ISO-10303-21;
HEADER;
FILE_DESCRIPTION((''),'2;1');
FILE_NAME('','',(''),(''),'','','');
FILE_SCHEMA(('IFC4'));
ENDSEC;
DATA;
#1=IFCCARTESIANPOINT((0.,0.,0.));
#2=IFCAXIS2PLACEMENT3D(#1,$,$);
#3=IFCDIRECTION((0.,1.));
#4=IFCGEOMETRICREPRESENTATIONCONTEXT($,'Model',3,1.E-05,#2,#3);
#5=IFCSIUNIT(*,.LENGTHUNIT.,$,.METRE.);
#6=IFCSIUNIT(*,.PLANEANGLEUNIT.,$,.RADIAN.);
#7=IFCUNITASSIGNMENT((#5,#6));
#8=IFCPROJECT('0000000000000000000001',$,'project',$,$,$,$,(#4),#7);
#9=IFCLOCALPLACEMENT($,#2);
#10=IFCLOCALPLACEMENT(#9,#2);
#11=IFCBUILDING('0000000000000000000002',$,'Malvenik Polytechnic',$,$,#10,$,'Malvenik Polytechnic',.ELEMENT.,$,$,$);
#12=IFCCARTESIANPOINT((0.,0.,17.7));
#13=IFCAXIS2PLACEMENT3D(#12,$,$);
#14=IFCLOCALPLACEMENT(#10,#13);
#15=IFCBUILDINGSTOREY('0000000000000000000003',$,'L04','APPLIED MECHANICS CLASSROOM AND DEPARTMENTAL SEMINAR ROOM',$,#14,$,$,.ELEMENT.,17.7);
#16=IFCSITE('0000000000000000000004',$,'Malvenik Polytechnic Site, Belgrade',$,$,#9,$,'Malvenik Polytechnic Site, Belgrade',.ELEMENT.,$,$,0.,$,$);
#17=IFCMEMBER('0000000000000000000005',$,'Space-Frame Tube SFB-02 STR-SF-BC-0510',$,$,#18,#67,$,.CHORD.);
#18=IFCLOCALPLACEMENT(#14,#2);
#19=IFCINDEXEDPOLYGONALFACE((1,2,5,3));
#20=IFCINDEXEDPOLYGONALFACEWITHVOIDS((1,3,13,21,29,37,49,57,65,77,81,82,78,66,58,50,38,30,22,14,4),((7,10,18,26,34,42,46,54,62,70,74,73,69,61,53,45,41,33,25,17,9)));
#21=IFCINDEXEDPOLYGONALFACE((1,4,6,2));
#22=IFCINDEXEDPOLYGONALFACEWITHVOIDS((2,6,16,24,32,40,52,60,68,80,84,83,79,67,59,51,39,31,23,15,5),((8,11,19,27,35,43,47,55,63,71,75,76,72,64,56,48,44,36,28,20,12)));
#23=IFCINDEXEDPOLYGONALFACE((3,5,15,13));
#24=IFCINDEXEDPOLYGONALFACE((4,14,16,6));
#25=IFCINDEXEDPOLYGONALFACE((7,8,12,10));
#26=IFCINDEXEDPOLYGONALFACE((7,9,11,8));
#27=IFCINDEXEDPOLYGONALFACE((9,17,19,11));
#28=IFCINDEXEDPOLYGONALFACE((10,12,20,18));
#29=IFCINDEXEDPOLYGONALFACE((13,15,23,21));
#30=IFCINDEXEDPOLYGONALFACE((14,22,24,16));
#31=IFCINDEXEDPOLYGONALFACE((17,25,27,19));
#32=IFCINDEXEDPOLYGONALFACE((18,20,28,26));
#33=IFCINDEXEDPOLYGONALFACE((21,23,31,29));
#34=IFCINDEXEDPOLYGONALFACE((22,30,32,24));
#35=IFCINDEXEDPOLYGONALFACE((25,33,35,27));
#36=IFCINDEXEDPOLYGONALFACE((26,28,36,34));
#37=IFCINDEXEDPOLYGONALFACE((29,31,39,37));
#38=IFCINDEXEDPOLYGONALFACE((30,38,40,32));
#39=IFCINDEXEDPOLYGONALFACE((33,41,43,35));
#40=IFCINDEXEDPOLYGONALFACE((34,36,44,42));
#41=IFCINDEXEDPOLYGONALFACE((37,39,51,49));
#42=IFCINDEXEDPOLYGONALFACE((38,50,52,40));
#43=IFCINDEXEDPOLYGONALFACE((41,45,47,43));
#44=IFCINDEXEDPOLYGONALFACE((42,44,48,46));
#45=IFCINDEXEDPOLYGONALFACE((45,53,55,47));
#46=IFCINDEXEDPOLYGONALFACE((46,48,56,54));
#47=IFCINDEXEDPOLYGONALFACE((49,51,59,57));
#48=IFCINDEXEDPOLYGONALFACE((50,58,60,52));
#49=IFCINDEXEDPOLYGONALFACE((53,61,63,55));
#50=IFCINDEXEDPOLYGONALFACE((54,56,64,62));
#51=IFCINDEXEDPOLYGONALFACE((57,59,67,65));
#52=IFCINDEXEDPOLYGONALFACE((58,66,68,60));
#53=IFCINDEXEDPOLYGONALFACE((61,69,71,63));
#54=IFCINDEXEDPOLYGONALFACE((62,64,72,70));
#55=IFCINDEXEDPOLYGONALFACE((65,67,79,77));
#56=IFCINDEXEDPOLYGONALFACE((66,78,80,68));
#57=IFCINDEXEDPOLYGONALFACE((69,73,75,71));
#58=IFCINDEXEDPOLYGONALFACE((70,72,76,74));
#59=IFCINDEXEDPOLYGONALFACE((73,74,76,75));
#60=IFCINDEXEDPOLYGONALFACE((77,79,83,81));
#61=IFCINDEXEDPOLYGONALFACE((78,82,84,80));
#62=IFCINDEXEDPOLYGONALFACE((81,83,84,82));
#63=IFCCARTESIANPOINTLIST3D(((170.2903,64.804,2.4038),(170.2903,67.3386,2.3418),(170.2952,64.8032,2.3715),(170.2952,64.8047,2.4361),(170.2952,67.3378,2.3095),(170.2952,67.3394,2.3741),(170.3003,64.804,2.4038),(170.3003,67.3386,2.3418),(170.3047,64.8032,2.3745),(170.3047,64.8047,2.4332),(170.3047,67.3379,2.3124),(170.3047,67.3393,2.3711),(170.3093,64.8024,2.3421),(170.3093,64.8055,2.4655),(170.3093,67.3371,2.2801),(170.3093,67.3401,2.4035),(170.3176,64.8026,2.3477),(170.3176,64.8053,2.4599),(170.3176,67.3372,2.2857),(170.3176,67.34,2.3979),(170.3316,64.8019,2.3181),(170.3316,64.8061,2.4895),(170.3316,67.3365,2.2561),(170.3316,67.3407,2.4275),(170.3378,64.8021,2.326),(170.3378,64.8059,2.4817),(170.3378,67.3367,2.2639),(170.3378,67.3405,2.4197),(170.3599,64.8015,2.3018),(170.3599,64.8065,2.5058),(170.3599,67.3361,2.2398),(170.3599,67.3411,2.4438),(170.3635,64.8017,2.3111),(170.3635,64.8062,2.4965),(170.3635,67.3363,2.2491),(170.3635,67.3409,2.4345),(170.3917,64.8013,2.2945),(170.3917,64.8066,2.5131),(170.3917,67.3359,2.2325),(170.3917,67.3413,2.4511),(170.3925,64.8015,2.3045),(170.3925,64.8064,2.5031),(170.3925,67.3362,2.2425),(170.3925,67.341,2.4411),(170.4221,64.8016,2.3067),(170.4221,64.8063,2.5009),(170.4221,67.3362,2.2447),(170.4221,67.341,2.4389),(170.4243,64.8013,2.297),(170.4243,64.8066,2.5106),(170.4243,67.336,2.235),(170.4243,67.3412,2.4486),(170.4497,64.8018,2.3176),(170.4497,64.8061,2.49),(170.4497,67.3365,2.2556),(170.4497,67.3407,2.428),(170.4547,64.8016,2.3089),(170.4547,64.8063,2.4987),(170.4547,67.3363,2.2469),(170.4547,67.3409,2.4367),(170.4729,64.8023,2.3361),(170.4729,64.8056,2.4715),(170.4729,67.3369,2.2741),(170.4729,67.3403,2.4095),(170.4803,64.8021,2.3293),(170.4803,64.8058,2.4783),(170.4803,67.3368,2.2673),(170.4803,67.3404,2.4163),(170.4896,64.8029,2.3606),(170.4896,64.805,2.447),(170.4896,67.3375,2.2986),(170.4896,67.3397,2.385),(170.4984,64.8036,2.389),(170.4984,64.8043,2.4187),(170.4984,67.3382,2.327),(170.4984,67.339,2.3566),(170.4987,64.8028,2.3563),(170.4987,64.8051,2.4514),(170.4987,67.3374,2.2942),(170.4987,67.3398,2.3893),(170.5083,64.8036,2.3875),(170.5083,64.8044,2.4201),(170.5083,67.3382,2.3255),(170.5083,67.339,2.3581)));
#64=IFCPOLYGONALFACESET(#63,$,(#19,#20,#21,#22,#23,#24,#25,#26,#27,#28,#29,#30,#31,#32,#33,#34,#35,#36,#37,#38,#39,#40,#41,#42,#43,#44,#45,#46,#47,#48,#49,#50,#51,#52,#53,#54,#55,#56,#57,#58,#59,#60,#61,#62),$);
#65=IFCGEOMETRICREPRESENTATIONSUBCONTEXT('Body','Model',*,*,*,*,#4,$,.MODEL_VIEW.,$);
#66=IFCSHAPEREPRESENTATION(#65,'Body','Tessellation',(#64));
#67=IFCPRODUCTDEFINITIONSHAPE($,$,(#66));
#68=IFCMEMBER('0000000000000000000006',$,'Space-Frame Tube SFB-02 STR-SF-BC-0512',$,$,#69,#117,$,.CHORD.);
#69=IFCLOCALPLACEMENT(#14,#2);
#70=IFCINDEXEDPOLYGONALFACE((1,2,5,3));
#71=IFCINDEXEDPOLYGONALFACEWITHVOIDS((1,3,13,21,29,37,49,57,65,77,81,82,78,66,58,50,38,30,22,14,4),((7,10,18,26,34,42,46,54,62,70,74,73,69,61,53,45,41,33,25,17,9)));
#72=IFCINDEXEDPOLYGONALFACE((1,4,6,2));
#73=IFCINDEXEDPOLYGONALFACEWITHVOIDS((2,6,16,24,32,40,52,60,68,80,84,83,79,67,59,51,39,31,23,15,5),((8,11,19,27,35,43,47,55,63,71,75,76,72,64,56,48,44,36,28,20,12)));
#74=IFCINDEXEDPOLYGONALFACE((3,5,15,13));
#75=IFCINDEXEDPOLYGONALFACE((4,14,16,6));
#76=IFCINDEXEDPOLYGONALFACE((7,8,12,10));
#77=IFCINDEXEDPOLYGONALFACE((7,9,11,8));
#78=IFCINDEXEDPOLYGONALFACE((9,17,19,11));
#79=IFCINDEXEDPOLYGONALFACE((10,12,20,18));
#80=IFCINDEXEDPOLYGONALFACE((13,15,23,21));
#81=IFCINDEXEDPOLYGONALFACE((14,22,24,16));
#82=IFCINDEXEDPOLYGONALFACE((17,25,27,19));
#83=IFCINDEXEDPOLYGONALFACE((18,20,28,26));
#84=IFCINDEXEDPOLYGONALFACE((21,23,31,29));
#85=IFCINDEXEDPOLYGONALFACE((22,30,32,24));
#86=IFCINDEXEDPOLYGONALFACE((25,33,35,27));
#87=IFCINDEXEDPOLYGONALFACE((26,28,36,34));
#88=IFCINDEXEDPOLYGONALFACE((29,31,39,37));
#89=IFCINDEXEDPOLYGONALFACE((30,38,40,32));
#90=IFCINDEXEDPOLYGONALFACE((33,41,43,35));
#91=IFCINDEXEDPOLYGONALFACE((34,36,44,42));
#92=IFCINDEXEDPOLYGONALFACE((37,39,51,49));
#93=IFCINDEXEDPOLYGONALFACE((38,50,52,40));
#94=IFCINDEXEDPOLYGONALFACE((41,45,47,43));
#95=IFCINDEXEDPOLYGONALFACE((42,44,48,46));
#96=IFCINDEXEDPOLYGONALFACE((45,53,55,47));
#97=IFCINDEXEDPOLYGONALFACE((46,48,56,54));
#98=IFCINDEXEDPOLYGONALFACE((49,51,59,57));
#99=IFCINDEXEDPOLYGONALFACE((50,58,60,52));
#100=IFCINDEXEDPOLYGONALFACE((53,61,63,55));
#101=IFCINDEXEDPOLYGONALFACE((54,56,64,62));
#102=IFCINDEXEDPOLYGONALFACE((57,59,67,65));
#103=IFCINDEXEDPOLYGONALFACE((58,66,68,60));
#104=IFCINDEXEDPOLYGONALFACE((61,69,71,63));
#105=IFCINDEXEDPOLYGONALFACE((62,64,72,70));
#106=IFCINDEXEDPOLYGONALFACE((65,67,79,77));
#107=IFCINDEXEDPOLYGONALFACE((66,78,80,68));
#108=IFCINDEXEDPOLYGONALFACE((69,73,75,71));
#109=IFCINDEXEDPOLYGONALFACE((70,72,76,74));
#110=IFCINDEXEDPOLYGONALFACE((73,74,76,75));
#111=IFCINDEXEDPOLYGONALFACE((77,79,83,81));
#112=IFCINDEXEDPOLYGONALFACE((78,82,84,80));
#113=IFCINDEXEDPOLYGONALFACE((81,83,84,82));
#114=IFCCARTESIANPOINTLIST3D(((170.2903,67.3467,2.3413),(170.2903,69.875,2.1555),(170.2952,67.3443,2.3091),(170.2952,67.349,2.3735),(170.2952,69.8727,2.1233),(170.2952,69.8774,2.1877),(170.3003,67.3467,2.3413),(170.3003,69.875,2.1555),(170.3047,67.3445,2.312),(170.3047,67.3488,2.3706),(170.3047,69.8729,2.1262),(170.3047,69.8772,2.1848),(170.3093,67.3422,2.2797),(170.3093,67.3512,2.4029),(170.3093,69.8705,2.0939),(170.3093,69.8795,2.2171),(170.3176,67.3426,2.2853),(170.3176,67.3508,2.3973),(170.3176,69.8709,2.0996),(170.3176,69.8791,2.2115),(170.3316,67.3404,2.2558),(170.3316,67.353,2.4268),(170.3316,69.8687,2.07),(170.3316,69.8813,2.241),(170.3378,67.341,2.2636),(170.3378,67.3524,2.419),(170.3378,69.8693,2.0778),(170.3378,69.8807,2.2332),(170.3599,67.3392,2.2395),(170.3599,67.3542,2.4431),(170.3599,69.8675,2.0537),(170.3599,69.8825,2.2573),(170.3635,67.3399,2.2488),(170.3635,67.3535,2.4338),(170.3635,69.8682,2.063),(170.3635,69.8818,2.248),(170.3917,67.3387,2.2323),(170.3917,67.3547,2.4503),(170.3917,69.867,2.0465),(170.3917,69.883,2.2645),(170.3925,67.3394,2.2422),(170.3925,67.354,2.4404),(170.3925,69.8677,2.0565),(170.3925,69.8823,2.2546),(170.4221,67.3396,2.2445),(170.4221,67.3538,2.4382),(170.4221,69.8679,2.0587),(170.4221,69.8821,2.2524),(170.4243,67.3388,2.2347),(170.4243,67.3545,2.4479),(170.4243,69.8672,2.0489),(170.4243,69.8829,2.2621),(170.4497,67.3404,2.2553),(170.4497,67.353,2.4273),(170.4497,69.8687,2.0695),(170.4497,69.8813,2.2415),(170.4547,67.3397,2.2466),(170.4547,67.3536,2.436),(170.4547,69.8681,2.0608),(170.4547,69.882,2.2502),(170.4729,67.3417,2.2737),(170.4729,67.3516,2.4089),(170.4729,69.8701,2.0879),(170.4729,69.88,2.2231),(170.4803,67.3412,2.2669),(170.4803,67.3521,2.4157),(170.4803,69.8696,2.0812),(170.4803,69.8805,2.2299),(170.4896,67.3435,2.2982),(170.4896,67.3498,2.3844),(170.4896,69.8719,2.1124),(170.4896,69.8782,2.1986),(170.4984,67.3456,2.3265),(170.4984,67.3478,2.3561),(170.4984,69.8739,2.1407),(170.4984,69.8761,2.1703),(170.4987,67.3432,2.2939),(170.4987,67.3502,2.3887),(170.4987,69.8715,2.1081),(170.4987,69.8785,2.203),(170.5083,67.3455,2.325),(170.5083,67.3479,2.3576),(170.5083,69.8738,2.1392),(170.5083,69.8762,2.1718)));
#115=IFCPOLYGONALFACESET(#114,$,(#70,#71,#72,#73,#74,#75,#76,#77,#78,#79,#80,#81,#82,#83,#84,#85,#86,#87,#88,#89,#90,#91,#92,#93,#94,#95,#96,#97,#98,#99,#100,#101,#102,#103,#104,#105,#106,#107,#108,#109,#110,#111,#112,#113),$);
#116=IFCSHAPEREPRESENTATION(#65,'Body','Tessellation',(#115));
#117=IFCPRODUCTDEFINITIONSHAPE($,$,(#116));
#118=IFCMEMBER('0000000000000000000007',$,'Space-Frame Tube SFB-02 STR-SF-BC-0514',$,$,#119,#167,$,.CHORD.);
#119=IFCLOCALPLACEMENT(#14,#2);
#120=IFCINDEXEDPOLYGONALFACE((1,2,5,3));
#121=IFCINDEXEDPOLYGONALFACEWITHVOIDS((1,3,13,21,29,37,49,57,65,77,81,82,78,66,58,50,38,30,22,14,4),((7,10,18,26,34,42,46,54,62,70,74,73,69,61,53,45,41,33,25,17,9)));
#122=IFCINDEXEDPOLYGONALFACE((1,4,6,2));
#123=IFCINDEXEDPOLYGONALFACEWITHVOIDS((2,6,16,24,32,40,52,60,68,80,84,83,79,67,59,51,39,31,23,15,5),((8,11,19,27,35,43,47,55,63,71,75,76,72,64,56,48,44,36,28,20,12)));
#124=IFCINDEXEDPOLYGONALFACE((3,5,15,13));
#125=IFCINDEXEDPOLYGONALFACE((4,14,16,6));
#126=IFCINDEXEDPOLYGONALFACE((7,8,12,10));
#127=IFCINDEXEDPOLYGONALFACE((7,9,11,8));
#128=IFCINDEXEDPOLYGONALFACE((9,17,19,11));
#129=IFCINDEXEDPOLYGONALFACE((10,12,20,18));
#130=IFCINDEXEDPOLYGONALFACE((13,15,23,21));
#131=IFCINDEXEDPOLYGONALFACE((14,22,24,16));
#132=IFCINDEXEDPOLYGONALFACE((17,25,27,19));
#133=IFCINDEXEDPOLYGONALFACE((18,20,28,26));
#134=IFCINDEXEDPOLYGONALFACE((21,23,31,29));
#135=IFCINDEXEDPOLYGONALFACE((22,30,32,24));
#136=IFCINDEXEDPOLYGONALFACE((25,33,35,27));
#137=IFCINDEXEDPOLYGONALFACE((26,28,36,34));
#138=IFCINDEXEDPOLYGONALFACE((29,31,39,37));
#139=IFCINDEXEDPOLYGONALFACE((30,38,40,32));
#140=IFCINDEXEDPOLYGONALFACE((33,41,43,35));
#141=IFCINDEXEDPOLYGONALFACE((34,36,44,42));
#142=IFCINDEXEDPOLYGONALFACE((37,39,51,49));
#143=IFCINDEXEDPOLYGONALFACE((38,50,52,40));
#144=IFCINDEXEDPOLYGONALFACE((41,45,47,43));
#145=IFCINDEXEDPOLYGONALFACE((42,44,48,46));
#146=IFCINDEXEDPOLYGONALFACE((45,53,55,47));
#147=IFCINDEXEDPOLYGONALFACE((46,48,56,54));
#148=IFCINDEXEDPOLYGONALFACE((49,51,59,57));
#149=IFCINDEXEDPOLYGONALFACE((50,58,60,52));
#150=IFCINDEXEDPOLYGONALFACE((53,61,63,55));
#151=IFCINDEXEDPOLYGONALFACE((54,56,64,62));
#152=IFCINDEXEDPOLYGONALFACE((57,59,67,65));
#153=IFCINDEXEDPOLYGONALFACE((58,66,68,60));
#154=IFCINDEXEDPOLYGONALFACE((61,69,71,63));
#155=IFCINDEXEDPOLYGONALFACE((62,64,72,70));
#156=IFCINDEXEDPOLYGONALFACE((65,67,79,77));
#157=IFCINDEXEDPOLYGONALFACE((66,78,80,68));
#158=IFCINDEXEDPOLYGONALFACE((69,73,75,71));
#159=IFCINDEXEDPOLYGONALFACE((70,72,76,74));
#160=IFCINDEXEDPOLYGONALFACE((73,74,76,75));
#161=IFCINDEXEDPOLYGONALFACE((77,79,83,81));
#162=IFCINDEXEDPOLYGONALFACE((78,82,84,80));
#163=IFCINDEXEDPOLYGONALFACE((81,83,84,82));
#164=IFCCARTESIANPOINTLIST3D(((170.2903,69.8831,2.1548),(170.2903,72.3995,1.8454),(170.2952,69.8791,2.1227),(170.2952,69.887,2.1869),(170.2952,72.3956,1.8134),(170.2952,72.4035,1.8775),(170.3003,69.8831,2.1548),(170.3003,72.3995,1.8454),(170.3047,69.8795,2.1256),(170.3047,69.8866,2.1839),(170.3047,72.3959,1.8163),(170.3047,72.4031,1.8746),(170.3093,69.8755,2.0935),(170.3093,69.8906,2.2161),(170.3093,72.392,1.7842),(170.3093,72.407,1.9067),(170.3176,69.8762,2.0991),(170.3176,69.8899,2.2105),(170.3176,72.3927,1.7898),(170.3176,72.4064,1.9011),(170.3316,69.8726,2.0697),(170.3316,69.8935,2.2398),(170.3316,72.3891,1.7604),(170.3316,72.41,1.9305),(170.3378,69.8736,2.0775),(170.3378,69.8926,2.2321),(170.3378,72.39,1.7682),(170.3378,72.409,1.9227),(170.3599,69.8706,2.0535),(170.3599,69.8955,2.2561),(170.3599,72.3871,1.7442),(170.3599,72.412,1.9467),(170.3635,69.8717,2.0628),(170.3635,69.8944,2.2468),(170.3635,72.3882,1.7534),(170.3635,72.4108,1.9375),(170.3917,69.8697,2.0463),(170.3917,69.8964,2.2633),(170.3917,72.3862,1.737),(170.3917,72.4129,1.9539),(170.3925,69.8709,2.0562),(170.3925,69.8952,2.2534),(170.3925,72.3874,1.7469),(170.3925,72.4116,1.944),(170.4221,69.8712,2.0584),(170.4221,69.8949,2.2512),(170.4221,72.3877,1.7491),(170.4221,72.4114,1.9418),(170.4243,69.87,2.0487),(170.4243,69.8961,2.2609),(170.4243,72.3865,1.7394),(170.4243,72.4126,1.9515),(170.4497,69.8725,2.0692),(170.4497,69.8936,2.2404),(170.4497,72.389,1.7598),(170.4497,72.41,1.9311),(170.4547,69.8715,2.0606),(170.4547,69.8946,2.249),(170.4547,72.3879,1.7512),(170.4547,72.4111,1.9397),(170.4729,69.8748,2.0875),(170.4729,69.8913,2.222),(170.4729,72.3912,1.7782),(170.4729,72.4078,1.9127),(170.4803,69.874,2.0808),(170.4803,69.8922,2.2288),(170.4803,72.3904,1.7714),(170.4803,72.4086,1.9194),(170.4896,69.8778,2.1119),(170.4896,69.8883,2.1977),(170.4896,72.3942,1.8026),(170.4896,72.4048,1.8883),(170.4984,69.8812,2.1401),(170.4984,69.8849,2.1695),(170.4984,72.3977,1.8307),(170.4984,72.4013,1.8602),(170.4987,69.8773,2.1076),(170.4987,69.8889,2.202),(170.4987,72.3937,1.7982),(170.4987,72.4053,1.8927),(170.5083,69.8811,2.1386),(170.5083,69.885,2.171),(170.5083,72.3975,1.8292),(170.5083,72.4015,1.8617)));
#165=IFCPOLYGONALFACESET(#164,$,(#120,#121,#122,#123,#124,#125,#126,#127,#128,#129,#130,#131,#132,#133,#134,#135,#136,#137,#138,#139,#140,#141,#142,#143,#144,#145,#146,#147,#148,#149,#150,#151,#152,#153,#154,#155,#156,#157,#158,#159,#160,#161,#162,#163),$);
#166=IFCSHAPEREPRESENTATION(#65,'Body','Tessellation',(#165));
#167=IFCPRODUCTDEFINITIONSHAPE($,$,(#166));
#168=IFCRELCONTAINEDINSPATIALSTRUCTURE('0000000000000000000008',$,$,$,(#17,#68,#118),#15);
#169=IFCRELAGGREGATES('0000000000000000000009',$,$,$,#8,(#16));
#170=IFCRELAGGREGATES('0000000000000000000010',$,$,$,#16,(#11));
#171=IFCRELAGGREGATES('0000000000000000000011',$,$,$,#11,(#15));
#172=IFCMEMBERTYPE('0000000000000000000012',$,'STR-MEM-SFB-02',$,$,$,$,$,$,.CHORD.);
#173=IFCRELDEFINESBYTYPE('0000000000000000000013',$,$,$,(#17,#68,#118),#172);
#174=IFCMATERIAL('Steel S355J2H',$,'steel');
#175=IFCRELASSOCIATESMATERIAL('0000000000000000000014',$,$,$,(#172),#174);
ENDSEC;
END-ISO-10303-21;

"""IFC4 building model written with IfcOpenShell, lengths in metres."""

from ifc_helpers import new_model, si_unit, direction, frame, origin, origin_2d, place, context, subcontext, project, spatial, hollow_circle, extrude, material, material_profile, profile_set, type_object, element, save


model = new_model("IFC4")

# Units and contexts
model_context = context("Model", 3, precision=1e-05, world=origin(), true_north=direction((0.0, 1.0)))
body_context = subcontext(model_context, "Body", "Model", "MODEL_VIEW")
ifc_project = project(units=[si_unit("LENGTHUNIT", "METRE"), si_unit("PLANEANGLEUNIT", "RADIAN")], contexts=[model_context])

# Site, building, storey
site_placement = place(None, origin())
site = spatial("IfcSite", under=ifc_project, at=site_placement, Name="Malvenik Polytechnic Site, Belgrade", LongName="Malvenik Polytechnic Site, Belgrade", CompositionType="ELEMENT", RefElevation=0.0)
building_placement = place(site_placement, origin())
building = spatial("IfcBuilding", under=site, at=building_placement, Name="Malvenik Polytechnic", LongName="Malvenik Polytechnic", CompositionType="ELEMENT")
storey_placement = place(building_placement, frame((0.0, 0.0, 17.7)))
storey = spatial("IfcBuildingStorey", under=building, at=storey_placement, Name="L04", Description="APPLIED MECHANICS CLASSROOM AND DEPARTMENTAL SEMINAR ROOM", CompositionType="ELEMENT", Elevation=17.7)

# Members
ifc_material_1 = material(Name="Steel S355J2H", Category="steel")
ifc_material_profile_1 = material_profile(ifc_material_1, hollow_circle(Radius=0.1096, WallThickness=0.01, at=origin_2d()), Name="CHS 219.1x10.0")
ifc_profile_set_1 = profile_set([ifc_material_profile_1], Name="Steel S355J2H")
member_type_1 = type_object("IfcMemberType", Name="STR-MEM-SFB-02", PredefinedType="CHORD", material=ifc_profile_set_1)
member_1_placement = place(storey_placement, frame((170.3999, 64.804, 2.4038), z_axis=(0.0, 0.999701, -0.024458), x_axis=(-1.0, 0.0, 0.0)))
element("IfcMember", 1, at=member_1_placement, inside=storey, type_object=member_type_1, Name="Space-Frame Tube SFB-02 STR-SF-BC-0510", PredefinedType="CHORD", context=body_context, shape_type="SweptSolid", body=[
    extrude(hollow_circle(Radius=0.1096, WallThickness=0.01, at=origin_2d()), origin(), (0.0, 0.0, 1.0), 2.5354),
])
member_2_placement = place(storey_placement, frame((170.3999, 67.3467, 2.3413), z_axis=(0.0, 0.997311, -0.073286), x_axis=(-1.0, 0.0, 0.0)))
element("IfcMember", 2, at=member_2_placement, inside=storey, type_object=member_type_1, Name="Space-Frame Tube SFB-02 STR-SF-BC-0512", PredefinedType="CHORD", context=body_context, shape_type="SweptSolid", body=[
    extrude(hollow_circle(Radius=0.1096, WallThickness=0.01, at=origin_2d()), origin(), (0.0, 0.0, 1.0), 2.5352),
])
for number, where, z_axis, x_axis, name in (
    (3, (170.3999, 69.8831, 2.1548), (0.0, 0.992529, -0.122008), (-1.0, 0.0, 0.0), "Space-Frame Tube SFB-02 STR-SF-BC-0514"),
):
    element("IfcMember", number, at=place(storey_placement, frame(where, z_axis=z_axis, x_axis=x_axis)), inside=storey, type_object=member_type_1, Name=name, PredefinedType="CHORD", context=body_context, shape_type="SweptSolid", body=[
        extrude(hollow_circle(Radius=0.1096, WallThickness=0.01, at=origin_2d()), origin(), (0.0, 0.0, 1.0), 2.5354),
    ])

save(model, "model.ifc")
